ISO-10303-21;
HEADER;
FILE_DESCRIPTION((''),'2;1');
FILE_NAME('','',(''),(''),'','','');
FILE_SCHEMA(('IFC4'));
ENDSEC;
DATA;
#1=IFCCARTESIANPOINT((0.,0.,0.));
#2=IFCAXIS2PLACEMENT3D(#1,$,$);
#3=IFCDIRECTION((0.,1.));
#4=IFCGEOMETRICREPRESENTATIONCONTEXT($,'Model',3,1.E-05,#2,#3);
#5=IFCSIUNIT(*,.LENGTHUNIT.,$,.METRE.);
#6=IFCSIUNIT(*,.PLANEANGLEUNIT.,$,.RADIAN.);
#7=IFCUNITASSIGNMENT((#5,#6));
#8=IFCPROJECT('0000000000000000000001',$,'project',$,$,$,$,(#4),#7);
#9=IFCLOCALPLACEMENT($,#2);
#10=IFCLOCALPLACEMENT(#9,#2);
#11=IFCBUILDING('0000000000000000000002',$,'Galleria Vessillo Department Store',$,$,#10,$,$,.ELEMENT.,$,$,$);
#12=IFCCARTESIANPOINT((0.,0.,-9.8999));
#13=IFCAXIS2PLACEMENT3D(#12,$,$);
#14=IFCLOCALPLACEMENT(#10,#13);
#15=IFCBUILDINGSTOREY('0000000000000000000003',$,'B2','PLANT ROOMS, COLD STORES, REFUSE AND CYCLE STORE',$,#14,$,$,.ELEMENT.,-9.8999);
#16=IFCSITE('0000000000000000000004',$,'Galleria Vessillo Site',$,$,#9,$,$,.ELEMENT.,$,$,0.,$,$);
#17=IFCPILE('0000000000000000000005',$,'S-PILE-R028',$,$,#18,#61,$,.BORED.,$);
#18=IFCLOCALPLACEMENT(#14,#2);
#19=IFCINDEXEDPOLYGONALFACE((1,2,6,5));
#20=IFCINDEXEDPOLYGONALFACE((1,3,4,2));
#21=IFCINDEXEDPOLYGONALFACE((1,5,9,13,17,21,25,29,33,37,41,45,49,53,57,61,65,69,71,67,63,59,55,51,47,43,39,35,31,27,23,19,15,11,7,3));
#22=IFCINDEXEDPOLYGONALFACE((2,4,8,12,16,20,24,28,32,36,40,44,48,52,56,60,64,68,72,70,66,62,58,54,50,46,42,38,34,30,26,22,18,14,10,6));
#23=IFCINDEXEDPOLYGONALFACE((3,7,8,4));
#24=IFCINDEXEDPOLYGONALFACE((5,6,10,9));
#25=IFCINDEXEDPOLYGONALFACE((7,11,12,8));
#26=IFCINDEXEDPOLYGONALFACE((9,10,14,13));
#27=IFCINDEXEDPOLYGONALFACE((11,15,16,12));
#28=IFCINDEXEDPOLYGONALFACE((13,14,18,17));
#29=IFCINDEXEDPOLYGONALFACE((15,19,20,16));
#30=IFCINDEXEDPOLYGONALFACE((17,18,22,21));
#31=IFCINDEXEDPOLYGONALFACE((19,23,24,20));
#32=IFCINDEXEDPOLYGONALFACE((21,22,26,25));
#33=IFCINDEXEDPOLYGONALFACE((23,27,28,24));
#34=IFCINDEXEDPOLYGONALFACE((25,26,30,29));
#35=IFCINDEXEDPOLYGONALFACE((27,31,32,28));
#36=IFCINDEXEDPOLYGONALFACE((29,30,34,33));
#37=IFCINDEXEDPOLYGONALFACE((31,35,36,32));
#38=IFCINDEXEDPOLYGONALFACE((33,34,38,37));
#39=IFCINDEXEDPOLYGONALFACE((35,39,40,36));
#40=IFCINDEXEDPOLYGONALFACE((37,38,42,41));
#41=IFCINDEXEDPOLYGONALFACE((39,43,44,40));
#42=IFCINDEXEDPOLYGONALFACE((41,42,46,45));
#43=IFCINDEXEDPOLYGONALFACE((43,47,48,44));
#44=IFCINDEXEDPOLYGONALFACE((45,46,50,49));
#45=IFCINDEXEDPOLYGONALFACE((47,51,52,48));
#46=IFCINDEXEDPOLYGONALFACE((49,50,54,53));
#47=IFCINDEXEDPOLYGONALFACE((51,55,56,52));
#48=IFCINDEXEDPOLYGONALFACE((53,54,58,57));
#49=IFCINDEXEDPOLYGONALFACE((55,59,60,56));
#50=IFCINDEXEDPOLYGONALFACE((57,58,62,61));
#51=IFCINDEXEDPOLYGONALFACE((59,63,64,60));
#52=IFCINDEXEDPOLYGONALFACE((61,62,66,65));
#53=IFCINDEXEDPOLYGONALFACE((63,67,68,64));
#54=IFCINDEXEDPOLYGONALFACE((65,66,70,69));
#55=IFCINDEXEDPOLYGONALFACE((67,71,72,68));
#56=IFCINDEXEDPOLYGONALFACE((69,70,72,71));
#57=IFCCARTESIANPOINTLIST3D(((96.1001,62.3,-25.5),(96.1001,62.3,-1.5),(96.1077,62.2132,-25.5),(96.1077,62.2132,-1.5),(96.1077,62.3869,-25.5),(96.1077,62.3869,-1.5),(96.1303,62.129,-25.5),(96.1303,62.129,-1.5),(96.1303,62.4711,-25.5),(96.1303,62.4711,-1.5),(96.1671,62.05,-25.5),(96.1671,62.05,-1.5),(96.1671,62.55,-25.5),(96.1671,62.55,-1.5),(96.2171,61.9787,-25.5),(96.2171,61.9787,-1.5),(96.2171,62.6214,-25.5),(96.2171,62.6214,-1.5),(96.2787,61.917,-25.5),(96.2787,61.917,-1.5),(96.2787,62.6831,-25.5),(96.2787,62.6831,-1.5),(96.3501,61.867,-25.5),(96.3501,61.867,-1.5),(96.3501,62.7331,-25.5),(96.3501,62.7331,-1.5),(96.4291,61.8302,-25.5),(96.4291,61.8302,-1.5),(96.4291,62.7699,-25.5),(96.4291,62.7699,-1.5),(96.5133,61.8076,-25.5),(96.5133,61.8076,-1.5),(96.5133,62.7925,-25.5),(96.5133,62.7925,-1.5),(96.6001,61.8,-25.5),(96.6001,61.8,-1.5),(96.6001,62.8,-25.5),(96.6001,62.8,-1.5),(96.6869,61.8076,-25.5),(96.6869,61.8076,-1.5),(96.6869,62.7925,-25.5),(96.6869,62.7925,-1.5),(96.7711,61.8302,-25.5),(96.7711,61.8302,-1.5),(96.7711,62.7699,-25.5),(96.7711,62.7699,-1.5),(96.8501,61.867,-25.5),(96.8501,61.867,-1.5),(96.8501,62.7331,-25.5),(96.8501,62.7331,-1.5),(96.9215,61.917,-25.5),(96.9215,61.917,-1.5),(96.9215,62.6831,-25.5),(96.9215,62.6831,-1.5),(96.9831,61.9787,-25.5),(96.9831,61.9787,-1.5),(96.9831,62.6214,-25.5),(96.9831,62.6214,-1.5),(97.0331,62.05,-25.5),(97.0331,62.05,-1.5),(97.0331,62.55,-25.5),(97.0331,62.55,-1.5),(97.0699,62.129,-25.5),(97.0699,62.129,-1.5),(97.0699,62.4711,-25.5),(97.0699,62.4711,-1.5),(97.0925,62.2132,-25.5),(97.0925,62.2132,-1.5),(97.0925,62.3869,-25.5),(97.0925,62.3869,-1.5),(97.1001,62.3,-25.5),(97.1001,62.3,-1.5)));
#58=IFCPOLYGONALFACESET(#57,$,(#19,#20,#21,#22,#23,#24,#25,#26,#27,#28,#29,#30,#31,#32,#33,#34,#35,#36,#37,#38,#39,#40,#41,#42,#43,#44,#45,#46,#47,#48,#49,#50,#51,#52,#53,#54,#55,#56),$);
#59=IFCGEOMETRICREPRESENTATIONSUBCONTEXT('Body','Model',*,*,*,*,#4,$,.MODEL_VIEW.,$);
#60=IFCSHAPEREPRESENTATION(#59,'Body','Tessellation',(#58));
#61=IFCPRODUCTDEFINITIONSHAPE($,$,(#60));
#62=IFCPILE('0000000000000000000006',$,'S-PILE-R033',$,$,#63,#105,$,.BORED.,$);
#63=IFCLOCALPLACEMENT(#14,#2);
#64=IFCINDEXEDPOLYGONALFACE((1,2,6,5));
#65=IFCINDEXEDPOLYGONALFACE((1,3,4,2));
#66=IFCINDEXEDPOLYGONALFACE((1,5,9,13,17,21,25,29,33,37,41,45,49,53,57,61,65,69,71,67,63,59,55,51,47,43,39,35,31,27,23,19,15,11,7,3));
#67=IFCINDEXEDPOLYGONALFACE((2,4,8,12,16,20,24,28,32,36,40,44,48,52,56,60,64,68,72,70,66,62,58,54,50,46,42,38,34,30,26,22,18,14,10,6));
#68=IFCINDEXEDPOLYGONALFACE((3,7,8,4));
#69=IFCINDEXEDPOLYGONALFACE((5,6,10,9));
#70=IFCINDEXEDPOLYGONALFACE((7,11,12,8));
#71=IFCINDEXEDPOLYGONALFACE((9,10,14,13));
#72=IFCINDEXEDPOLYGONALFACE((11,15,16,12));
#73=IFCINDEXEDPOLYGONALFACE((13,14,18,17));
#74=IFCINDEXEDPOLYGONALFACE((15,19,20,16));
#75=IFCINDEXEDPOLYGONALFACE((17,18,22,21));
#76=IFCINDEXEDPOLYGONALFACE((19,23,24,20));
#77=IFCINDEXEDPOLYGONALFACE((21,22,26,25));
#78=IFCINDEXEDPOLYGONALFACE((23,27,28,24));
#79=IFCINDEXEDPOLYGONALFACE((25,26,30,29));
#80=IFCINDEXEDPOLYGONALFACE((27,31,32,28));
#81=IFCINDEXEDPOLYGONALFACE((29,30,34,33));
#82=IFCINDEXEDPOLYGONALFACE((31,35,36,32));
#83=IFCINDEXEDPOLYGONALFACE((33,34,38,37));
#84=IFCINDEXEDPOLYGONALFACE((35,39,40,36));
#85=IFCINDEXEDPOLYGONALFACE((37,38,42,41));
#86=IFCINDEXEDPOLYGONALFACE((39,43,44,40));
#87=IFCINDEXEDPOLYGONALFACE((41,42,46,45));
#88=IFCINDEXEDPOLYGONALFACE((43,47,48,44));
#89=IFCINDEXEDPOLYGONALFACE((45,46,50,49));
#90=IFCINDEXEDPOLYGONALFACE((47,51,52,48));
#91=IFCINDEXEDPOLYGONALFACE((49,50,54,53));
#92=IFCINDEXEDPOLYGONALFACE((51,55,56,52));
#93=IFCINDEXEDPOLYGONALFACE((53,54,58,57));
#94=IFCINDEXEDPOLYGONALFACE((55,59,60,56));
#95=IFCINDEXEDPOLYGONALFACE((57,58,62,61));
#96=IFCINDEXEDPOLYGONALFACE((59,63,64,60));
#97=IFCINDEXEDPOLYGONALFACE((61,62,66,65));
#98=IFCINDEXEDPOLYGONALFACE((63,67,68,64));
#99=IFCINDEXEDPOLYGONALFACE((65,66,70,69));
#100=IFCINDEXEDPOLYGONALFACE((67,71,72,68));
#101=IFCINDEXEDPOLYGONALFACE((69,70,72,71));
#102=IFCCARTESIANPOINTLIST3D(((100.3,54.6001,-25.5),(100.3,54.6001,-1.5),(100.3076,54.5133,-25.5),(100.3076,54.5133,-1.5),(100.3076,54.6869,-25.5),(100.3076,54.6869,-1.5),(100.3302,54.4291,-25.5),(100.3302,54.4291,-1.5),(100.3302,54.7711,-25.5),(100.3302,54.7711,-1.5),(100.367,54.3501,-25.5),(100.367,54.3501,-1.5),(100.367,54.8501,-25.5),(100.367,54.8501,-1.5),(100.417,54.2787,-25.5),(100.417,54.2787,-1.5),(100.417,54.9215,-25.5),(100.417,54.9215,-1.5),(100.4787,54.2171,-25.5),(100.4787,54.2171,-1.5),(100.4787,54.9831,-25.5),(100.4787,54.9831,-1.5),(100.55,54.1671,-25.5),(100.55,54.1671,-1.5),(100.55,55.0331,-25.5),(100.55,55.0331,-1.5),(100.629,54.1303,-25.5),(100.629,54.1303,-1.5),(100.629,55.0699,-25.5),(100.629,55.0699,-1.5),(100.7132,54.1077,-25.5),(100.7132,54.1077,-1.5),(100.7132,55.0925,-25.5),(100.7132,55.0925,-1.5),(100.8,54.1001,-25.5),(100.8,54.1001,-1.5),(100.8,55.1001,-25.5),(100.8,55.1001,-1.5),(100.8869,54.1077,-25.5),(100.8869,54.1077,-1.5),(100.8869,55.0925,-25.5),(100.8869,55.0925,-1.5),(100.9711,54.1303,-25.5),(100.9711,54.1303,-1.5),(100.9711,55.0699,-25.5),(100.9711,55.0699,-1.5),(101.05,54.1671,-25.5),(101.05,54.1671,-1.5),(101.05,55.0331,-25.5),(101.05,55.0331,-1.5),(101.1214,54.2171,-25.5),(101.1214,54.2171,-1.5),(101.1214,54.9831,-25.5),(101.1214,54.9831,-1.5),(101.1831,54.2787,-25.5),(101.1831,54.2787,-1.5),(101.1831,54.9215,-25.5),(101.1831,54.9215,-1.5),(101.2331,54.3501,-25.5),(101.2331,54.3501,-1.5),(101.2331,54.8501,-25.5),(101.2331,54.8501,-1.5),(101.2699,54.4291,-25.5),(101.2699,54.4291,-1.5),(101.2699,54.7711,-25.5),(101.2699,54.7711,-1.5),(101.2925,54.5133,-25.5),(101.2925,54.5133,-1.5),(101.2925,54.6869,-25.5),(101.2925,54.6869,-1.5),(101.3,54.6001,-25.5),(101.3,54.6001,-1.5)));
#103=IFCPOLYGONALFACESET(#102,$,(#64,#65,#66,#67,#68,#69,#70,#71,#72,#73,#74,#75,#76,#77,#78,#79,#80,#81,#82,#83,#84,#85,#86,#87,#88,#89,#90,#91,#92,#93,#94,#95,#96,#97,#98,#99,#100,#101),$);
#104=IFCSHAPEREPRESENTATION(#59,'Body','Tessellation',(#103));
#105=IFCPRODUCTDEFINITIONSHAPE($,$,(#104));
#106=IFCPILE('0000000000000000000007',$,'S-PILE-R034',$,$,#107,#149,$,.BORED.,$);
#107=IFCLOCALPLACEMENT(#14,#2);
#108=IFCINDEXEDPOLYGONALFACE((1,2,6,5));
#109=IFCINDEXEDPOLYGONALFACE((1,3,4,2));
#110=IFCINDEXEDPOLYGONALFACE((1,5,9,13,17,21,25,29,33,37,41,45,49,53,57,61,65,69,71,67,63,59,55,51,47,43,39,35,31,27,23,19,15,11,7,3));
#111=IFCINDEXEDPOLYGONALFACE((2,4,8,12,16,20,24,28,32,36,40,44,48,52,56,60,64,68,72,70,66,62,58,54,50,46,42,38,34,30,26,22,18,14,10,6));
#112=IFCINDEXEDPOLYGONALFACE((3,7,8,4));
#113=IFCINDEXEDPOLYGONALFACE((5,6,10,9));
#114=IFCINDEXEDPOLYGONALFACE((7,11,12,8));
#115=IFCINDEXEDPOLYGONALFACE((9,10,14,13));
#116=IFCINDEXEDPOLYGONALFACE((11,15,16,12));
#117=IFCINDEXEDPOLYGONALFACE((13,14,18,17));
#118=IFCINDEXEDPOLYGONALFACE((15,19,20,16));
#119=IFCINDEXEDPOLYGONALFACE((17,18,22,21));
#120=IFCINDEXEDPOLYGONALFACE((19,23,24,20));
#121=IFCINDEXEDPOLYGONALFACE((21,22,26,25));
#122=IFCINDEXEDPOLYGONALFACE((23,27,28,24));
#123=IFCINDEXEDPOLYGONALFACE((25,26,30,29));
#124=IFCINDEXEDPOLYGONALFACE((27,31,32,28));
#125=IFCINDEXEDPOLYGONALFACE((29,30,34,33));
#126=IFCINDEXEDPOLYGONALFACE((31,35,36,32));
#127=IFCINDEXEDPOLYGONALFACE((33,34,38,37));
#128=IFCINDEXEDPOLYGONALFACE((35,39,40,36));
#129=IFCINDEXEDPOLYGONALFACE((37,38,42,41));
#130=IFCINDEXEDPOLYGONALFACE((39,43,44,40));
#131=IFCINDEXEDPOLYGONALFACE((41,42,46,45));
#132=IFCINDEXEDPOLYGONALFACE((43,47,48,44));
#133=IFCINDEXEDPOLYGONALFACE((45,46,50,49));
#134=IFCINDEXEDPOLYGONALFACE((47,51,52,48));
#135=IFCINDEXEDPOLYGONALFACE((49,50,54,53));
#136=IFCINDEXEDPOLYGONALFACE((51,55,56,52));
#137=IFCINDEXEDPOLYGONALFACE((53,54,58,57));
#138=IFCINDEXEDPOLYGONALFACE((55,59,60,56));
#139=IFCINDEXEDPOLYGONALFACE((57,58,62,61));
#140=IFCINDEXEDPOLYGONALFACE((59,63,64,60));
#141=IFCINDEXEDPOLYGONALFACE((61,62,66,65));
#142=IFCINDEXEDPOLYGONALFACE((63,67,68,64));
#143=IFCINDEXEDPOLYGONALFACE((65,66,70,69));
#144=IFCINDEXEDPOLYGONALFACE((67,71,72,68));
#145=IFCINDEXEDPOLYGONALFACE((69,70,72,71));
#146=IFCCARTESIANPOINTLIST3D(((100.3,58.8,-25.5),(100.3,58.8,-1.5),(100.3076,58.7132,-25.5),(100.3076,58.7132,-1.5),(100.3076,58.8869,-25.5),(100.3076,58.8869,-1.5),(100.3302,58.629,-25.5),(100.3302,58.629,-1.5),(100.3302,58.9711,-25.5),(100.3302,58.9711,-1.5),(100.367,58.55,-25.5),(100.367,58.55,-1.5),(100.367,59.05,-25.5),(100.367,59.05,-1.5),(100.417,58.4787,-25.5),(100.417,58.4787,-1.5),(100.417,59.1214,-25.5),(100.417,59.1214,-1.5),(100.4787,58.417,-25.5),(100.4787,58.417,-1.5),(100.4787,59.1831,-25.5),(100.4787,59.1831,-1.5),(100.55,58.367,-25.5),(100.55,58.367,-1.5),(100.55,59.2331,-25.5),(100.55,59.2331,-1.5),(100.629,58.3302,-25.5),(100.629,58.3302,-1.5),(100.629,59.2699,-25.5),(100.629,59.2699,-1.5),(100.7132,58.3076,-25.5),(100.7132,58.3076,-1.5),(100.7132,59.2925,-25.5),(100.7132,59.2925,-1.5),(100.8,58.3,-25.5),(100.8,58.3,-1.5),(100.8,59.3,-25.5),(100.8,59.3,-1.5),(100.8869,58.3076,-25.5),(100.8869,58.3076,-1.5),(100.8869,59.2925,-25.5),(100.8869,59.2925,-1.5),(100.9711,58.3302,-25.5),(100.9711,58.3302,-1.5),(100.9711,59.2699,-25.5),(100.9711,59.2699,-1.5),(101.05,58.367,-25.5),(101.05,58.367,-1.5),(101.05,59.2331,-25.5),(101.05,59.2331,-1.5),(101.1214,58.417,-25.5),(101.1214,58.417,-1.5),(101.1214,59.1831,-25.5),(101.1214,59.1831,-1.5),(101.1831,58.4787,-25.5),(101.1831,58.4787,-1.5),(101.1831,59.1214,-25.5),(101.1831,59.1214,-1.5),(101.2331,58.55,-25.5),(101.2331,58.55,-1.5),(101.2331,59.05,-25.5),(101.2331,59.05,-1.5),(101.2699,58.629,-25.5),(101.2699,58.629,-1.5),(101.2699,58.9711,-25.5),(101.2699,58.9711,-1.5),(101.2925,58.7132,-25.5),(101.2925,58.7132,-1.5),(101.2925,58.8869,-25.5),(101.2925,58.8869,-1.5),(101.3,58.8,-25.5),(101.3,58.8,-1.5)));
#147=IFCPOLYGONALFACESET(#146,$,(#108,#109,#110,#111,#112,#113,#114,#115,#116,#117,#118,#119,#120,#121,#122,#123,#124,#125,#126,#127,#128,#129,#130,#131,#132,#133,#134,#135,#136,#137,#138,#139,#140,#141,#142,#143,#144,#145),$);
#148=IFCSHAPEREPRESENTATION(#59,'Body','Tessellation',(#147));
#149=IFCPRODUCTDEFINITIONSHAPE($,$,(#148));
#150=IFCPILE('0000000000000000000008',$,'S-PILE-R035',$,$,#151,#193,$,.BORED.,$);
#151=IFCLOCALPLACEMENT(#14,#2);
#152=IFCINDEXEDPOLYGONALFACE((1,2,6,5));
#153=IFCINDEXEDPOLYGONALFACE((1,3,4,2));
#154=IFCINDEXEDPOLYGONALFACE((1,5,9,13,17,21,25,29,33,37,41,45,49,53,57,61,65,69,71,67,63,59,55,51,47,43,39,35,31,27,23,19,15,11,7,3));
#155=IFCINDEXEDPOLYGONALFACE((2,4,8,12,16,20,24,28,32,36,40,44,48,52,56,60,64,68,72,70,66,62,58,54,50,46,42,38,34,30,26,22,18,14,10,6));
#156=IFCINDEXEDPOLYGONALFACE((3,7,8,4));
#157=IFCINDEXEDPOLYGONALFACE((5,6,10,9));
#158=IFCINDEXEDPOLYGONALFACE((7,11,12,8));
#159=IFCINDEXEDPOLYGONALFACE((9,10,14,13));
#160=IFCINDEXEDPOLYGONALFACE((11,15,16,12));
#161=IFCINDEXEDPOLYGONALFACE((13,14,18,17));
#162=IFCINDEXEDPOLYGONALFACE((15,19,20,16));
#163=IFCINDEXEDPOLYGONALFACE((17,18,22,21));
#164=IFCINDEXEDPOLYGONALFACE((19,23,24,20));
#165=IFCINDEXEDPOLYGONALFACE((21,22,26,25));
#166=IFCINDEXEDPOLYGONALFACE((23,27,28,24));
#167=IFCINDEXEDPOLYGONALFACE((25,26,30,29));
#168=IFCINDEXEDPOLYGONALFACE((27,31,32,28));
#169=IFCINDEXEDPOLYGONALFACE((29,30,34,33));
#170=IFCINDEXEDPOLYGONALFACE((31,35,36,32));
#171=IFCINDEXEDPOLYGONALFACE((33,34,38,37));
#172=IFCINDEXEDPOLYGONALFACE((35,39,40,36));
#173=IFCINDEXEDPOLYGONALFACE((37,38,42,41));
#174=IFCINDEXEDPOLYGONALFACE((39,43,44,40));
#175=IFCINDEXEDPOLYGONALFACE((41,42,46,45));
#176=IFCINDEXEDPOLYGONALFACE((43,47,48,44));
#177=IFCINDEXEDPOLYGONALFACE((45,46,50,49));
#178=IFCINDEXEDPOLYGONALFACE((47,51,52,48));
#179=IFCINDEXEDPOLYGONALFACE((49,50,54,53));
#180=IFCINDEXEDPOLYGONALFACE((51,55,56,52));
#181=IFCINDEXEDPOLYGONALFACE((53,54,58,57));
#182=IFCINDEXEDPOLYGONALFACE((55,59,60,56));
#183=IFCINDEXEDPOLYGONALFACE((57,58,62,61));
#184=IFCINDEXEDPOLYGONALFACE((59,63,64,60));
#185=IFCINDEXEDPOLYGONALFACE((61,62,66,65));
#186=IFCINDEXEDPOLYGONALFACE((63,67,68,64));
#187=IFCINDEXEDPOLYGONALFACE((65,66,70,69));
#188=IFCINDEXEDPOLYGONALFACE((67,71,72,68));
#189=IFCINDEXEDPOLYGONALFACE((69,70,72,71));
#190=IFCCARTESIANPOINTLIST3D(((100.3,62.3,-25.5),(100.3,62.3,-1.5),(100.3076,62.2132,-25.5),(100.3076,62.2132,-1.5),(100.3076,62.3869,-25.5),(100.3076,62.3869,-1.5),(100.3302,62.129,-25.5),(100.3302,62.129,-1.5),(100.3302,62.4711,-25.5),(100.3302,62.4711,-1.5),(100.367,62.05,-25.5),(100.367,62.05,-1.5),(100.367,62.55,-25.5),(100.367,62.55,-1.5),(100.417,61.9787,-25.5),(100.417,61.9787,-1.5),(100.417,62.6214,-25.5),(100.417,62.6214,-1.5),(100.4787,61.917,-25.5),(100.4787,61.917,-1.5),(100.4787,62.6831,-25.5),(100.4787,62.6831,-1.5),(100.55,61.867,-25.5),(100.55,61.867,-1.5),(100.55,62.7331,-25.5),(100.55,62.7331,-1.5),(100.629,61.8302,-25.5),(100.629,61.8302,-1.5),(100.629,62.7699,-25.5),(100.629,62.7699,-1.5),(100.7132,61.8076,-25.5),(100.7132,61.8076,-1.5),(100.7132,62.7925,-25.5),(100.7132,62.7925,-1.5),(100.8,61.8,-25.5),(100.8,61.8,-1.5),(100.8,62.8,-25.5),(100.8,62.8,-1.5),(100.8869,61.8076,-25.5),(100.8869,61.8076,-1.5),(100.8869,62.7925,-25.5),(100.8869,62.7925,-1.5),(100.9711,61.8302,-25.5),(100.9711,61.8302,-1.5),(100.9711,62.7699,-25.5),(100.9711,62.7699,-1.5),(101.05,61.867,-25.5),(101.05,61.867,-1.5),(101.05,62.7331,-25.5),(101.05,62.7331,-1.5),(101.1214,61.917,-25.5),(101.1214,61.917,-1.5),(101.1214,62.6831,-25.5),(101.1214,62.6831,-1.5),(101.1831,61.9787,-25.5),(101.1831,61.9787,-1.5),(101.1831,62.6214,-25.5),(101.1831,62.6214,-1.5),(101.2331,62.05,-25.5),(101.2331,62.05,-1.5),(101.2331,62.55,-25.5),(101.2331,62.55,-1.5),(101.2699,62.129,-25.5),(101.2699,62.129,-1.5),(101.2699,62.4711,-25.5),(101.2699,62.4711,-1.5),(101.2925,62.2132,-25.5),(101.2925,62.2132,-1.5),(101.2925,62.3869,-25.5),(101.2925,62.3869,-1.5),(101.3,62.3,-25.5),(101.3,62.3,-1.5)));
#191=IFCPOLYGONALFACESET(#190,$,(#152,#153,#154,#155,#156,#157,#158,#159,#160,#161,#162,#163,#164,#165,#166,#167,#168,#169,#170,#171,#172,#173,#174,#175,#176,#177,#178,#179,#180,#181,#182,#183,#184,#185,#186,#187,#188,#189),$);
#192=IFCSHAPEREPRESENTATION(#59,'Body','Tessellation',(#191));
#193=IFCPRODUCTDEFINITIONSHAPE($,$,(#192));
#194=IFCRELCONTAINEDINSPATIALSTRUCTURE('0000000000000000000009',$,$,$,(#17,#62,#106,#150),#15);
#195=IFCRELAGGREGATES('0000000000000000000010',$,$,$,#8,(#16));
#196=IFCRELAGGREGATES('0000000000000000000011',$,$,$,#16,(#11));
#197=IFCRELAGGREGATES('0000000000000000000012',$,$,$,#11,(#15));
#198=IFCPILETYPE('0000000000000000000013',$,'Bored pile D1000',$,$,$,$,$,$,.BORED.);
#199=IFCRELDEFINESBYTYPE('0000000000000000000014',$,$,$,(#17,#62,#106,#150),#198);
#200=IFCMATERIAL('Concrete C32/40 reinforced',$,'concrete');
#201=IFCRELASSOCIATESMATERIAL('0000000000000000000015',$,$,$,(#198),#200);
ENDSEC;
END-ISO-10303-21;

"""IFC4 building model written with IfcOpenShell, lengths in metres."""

from ifc_helpers import new_model, si_unit, direction, frame, origin, origin_2d, place, context, subcontext, project, spatial, circle, extrude, material, material_profile, profile_set, type_object, element, save


model = new_model("IFC4")

# Units and contexts
model_context = context("Model", 3, precision=1e-05, world=origin(), true_north=direction((0.0, 1.0)))
body_context = subcontext(model_context, "Body", "Model", "MODEL_VIEW")
ifc_project = project(units=[si_unit("LENGTHUNIT", "METRE"), si_unit("PLANEANGLEUNIT", "RADIAN")], contexts=[model_context])

# Site, building, storey
site_placement = place(None, origin())
site = spatial("IfcSite", under=ifc_project, at=site_placement, Name="Galleria Vessillo Site", CompositionType="ELEMENT", RefElevation=0.0)
building_placement = place(site_placement, origin())
building = spatial("IfcBuilding", under=site, at=building_placement, Name="Galleria Vessillo Department Store", CompositionType="ELEMENT")
storey_placement = place(building_placement, frame((0.0, 0.0, -9.8999)))
storey = spatial("IfcBuildingStorey", under=building, at=storey_placement, Name="B2", Description="PLANT ROOMS, COLD STORES, REFUSE AND CYCLE STORE", CompositionType="ELEMENT", Elevation=-9.8999)

# Piles
ifc_material_1 = material(Name="Concrete C32/40 reinforced", Category="concrete")
ifc_material_profile_1 = material_profile(ifc_material_1, circle(Radius=0.5, at=origin_2d()), Name="Bored pile D1000")
ifc_profile_set_1 = profile_set([ifc_material_profile_1], Name="Concrete C32/40 reinforced")
pile_type = type_object("IfcPileType", Name="Bored pile D1000", PredefinedType="BORED", material=ifc_profile_set_1)
for number, where, z_axis, x_axis, name in (
    (1, (96.6001, 62.3, -1.5), (0.0, 0.0, -1.0), (1.0, 0.0, 0.0), "S-PILE-R028"),
    (2, (100.8, 54.6001, -1.5), (0.0, 0.0, -1.0), (1.0, 0.0, 0.0), "S-PILE-R033"),
    (3, (100.8, 58.8, -1.5), (0.0, 0.0, -1.0), (1.0, 0.0, 0.0), "S-PILE-R034"),
    (4, (100.8, 62.3, -1.5), (0.0, 0.0, -1.0), (1.0, 0.0, 0.0), "S-PILE-R035"),
):
    element("IfcPile", number, at=place(storey_placement, frame(where, z_axis=z_axis, x_axis=x_axis)), inside=storey, type_object=pile_type, Name=name, PredefinedType="BORED", context=body_context, shape_type="SweptSolid", body=[
        extrude(circle(Radius=0.5, at=origin_2d()), origin(), (0.0, 0.0, 1.0), 24.0),
    ])

save(model, "model.ifc")
